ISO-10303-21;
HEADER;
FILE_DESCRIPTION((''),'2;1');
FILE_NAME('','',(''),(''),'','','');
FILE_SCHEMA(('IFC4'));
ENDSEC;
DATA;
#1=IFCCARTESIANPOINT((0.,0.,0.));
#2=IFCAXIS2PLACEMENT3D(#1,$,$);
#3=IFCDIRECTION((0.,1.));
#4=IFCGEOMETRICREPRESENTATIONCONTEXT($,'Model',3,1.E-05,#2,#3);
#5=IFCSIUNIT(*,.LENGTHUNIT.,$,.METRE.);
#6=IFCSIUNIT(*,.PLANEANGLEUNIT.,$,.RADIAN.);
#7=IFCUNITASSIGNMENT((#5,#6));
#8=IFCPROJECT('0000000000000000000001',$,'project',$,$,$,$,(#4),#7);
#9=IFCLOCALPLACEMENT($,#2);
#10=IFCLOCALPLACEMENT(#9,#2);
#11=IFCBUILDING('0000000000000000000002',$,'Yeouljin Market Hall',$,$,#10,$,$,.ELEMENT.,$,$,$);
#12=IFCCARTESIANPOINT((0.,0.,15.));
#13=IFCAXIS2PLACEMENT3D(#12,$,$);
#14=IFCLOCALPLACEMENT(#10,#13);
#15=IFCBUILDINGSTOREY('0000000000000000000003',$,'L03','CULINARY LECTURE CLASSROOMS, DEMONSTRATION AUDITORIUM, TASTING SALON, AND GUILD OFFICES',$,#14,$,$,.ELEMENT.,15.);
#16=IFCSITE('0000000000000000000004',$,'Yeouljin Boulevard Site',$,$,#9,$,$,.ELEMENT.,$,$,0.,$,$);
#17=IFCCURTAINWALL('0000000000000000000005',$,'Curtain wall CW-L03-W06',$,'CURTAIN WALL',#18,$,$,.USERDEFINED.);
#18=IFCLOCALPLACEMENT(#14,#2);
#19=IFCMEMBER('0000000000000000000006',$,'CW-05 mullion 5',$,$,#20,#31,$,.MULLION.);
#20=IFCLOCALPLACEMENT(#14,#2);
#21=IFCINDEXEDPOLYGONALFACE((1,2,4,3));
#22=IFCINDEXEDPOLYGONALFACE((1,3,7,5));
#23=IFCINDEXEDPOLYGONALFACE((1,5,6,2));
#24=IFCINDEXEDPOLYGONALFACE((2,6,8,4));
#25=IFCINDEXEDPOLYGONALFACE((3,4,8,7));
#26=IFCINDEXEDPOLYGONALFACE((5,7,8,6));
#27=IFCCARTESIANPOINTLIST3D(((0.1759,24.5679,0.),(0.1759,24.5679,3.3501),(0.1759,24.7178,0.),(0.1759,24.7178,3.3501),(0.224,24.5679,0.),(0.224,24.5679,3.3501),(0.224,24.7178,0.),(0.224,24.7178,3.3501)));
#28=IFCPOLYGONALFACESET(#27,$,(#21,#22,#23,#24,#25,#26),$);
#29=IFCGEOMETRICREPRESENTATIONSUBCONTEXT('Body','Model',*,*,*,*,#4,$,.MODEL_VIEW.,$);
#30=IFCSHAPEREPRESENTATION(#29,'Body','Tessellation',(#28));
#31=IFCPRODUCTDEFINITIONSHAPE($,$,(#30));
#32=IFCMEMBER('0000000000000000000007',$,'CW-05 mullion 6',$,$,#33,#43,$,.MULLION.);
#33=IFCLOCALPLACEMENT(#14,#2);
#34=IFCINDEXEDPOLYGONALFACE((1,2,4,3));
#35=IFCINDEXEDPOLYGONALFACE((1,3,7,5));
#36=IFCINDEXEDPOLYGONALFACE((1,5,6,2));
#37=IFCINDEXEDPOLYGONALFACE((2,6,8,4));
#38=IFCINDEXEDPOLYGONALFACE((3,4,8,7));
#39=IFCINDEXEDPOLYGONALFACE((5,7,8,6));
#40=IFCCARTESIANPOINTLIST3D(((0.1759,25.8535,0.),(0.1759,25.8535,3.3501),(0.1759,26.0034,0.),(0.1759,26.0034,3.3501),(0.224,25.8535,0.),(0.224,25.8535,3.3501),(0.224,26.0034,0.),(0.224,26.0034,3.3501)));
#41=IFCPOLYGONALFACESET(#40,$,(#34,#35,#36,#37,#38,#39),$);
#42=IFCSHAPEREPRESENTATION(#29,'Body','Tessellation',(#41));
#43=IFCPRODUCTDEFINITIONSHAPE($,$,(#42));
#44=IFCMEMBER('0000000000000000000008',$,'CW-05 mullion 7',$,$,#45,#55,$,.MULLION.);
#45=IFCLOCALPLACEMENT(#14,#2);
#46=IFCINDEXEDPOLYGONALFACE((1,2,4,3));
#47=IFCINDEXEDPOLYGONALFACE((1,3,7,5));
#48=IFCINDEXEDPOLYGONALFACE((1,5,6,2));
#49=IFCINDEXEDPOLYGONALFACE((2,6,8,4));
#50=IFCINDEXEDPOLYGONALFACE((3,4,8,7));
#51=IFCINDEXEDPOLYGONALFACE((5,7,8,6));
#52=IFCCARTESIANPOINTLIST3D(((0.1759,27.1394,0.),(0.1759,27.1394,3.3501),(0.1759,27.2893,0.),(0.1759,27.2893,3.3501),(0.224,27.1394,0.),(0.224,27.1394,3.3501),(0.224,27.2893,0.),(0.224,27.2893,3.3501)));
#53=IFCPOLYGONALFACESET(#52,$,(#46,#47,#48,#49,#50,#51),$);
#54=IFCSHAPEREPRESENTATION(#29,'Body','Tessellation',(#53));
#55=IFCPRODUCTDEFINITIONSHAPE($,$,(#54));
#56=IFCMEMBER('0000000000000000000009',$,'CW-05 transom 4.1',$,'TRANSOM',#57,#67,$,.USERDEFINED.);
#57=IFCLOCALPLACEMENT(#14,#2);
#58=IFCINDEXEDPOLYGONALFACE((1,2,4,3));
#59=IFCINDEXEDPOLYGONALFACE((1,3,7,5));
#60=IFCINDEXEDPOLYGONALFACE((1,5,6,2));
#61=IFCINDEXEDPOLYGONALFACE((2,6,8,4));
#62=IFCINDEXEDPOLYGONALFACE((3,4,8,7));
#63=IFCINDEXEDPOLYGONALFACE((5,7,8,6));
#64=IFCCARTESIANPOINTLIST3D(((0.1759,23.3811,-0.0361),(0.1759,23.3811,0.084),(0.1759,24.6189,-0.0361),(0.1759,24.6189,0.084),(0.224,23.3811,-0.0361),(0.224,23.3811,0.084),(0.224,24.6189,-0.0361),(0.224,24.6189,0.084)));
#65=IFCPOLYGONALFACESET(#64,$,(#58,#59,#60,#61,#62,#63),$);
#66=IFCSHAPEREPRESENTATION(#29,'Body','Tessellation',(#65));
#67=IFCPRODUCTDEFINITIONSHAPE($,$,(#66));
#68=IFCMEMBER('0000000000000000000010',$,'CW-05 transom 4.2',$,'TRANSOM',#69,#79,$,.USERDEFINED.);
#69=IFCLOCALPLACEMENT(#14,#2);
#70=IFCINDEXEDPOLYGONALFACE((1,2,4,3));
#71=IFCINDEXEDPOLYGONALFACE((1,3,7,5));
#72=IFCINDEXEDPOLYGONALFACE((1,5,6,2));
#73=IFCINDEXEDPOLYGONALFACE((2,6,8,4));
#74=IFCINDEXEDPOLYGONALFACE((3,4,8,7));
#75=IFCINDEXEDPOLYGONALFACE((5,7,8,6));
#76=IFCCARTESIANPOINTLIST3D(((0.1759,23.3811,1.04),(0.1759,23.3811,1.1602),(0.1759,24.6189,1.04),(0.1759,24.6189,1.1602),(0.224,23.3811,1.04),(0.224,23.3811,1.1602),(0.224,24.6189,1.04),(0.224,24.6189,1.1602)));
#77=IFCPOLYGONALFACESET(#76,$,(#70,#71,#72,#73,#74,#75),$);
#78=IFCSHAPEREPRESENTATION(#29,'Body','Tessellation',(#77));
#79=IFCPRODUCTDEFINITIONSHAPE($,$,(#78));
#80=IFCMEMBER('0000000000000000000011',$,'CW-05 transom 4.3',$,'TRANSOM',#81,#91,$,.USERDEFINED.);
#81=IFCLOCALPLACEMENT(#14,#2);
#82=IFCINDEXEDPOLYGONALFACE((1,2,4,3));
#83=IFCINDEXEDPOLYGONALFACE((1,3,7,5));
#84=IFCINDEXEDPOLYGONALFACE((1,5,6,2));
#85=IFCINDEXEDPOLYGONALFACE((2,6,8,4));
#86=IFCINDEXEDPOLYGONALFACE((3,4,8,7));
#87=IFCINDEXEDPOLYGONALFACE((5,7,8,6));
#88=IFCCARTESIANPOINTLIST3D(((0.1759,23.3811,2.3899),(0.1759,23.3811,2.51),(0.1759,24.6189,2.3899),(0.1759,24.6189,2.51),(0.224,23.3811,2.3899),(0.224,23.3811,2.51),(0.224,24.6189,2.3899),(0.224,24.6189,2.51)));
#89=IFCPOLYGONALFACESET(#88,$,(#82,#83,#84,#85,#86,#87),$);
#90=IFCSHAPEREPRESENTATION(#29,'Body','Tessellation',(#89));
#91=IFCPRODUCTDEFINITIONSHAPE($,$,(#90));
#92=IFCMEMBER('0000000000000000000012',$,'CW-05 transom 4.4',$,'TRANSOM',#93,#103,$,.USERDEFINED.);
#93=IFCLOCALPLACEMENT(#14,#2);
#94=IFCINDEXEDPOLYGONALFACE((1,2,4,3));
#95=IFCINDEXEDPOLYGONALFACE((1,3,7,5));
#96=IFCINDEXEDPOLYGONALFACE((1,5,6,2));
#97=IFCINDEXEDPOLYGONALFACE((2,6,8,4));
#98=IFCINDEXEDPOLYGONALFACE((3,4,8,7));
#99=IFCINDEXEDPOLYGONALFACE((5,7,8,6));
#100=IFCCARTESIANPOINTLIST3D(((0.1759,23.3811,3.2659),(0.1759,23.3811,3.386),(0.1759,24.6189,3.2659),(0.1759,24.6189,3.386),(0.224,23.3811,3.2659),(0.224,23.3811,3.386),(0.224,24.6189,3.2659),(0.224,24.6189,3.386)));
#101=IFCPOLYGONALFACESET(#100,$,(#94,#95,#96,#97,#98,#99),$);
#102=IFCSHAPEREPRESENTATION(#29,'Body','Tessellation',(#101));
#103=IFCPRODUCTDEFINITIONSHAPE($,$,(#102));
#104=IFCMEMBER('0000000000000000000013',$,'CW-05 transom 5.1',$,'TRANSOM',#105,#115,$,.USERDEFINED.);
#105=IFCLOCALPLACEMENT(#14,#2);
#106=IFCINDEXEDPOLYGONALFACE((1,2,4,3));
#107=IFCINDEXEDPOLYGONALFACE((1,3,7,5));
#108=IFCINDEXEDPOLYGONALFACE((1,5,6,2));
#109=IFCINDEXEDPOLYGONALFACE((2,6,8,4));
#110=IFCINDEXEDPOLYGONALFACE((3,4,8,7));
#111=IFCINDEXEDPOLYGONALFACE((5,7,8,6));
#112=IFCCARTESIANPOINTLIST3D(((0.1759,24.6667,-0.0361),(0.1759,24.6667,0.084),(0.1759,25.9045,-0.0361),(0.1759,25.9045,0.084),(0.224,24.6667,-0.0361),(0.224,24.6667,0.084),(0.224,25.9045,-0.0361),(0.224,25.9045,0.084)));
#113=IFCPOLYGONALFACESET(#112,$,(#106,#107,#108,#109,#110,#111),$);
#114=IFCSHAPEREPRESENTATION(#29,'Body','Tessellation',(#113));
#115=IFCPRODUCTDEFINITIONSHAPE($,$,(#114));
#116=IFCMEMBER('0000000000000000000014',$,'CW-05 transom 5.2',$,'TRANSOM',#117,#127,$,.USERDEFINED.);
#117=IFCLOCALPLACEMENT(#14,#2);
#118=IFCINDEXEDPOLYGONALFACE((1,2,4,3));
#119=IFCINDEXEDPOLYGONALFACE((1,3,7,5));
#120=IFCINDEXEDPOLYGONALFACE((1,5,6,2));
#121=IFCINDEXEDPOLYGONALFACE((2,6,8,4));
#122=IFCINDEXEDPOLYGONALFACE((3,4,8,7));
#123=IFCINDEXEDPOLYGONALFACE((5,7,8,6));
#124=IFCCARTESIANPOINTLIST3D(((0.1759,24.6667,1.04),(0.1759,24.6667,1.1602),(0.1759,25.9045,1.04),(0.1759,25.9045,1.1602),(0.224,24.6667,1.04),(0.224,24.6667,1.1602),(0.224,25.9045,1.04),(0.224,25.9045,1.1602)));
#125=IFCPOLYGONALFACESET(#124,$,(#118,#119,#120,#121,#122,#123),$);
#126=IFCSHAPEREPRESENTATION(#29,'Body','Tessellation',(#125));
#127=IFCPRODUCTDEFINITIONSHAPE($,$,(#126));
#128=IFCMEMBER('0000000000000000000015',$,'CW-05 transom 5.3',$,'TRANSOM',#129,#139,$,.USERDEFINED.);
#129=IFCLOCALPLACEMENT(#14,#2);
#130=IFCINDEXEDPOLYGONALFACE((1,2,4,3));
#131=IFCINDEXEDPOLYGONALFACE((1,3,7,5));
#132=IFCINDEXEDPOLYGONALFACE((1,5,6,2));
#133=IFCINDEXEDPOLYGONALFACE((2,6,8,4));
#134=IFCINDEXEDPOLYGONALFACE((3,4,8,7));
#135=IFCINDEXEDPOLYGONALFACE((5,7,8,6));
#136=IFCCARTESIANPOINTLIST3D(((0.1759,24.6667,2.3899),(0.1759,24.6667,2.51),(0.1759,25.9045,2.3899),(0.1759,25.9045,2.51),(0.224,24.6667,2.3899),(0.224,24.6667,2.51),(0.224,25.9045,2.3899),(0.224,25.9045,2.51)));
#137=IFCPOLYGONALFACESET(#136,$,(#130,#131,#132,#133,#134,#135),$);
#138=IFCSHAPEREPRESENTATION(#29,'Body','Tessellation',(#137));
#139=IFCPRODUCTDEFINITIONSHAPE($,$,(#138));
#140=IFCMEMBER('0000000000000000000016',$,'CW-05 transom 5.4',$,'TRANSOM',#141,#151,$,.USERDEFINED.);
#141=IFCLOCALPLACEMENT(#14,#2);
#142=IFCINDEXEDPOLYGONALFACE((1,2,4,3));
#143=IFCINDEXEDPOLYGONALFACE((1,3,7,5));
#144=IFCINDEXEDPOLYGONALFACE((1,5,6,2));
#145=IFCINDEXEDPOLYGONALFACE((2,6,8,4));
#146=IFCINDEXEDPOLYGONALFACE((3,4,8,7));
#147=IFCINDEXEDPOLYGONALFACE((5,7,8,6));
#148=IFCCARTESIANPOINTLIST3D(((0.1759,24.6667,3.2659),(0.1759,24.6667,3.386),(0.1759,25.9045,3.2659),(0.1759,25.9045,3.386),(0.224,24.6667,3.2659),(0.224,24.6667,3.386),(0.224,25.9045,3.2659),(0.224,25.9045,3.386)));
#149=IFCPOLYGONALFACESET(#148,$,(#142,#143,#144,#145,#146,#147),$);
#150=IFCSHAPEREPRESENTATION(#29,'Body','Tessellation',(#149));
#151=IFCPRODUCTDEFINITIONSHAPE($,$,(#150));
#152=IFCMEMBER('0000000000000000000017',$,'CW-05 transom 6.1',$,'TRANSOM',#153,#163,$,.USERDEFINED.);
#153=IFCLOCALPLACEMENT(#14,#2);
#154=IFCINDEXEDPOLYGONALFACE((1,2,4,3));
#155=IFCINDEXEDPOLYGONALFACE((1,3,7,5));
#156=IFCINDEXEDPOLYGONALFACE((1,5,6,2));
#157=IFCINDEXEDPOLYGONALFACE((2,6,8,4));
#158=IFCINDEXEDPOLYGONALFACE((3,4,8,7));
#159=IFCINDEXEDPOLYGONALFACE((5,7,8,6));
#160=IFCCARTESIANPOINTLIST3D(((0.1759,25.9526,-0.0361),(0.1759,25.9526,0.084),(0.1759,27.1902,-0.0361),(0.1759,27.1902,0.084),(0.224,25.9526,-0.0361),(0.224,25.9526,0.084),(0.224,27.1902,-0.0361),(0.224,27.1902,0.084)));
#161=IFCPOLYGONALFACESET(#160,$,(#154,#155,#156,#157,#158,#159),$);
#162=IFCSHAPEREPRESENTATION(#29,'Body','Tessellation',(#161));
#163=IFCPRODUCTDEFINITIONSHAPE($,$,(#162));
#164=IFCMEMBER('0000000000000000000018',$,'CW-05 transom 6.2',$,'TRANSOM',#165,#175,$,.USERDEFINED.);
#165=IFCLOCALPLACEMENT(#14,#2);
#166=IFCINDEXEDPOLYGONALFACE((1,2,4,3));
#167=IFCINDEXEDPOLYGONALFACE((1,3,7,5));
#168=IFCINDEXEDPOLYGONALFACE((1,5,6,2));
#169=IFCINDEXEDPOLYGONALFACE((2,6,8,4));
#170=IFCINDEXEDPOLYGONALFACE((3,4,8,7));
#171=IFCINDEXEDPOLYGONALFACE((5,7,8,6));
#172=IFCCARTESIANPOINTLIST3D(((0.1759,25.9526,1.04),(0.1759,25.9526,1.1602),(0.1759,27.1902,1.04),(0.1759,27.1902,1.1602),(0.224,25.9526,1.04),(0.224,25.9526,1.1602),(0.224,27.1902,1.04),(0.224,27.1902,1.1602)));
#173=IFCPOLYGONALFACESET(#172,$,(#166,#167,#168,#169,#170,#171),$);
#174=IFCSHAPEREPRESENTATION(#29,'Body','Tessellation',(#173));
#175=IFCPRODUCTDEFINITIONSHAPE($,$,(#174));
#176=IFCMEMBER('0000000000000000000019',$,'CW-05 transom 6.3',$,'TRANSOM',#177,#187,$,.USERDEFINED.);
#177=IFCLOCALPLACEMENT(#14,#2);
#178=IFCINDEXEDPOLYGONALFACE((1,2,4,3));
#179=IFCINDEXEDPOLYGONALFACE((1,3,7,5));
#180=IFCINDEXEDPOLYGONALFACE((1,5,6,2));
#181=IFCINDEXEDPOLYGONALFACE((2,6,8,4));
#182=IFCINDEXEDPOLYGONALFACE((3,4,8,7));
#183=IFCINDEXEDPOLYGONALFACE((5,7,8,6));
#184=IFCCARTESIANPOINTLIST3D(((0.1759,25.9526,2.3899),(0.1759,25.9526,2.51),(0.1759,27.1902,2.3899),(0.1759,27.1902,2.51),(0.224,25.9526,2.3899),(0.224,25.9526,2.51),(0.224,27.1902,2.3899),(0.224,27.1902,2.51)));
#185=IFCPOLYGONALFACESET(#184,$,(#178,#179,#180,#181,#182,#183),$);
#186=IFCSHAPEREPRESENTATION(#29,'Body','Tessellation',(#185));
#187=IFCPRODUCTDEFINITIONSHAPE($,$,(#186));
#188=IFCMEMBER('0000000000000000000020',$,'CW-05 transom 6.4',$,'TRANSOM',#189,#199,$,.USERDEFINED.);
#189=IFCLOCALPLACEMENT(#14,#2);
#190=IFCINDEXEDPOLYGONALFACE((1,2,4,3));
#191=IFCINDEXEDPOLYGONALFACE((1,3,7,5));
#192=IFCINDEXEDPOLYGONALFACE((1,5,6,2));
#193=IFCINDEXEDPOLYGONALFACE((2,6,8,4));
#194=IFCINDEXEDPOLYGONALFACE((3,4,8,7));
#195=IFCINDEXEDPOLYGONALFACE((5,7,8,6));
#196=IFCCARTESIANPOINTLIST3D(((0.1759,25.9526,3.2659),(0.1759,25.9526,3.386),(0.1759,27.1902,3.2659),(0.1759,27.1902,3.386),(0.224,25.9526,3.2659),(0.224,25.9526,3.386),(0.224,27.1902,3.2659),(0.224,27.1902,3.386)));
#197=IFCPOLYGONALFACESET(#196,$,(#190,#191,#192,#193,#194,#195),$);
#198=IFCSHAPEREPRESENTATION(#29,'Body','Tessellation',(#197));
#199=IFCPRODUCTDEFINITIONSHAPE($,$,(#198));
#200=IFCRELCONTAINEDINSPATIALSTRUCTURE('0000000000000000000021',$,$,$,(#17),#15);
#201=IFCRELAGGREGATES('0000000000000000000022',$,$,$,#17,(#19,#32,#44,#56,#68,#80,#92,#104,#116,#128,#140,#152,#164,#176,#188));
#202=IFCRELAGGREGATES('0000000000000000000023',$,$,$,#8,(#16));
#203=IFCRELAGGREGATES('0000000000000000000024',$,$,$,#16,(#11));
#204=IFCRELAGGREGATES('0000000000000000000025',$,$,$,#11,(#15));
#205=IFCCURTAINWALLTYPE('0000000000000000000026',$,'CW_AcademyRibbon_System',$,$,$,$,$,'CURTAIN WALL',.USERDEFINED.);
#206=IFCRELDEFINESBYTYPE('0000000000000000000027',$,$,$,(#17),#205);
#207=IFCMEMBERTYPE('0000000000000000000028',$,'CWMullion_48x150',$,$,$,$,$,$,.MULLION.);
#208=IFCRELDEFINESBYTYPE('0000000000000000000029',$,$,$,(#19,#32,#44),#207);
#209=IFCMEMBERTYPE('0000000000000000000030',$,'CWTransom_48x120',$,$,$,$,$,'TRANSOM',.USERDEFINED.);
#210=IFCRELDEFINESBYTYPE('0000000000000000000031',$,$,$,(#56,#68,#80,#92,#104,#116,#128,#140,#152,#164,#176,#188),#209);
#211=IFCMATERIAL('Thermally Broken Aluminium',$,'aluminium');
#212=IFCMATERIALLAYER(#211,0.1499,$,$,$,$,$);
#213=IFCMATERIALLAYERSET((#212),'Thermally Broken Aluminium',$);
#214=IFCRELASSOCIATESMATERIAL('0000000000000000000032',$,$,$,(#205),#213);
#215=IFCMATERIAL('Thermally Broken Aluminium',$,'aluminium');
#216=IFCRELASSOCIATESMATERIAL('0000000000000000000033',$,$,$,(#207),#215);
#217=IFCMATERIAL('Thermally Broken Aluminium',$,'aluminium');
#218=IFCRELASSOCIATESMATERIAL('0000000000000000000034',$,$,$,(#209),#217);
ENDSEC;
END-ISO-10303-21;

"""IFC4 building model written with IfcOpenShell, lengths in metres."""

from ifc_helpers import new_model, si_unit, direction, frame, origin, origin_2d, place, context, subcontext, project, spatial, rectangle, extrude, material, layer, layer_set, material_profile, profile_set, type_object, element, aggregate, save


model = new_model("IFC4")

# Units and contexts
model_context = context("Model", 3, precision=1e-05, world=origin(), true_north=direction((0.0, 1.0)))
body_context = subcontext(model_context, "Body", "Model", "MODEL_VIEW")
ifc_project = project(units=[si_unit("LENGTHUNIT", "METRE"), si_unit("PLANEANGLEUNIT", "RADIAN")], contexts=[model_context])

# Site, building, storey
site_placement = place(None, origin())
site = spatial("IfcSite", under=ifc_project, at=site_placement, Name="Yeouljin Boulevard Site", CompositionType="ELEMENT", RefElevation=0.0)
building_placement = place(site_placement, origin())
building = spatial("IfcBuilding", under=site, at=building_placement, Name="Yeouljin Market Hall", CompositionType="ELEMENT")
storey_placement = place(building_placement, frame((0.0, 0.0, 15.0)))
storey = spatial("IfcBuildingStorey", under=building, at=storey_placement, Name="L03", Description="CULINARY LECTURE CLASSROOMS, DEMONSTRATION AUDITORIUM, TASTING SALON, AND GUILD OFFICES", CompositionType="ELEMENT", Elevation=15.0)

# Curtain wall, members
ifc_material_1 = material(Name="Thermally Broken Aluminium", Category="aluminium")
ifc_layer_1 = layer(ifc_material_1, 0.1499)
ifc_layer_set_1 = layer_set([ifc_layer_1], Name="Thermally Broken Aluminium")
curtain_wall_type = type_object("IfcCurtainWallType", Name="CW_AcademyRibbon_System", ElementType="CURTAIN WALL", PredefinedType="USERDEFINED", material=ifc_layer_set_1)
curtain_wall_placement = place(storey_placement, origin())
curtain_wall = element("IfcCurtainWall", 1, at=curtain_wall_placement, inside=storey, type_object=curtain_wall_type, Name="Curtain wall CW-L03-W06", ObjectType="CURTAIN WALL", PredefinedType="USERDEFINED")
ifc_material_2 = material(Name="Thermally Broken Aluminium", Category="aluminium")
ifc_material_profile_1 = material_profile(ifc_material_2, rectangle(XDim=0.0481, YDim=0.1499, at=origin_2d()), Name="CW-MULL-48x150")
ifc_profile_set_1 = profile_set([ifc_material_profile_1], Name="Thermally Broken Aluminium")
member_type_1 = type_object("IfcMemberType", Name="CWMullion_48x150", PredefinedType="MULLION", material=ifc_profile_set_1)
member_1_placement = place(storey_placement, frame((0.2, 24.6428, 0.0), z_axis=(0.0, 0.0, 1.0), x_axis=(-1.0, 0.0, 0.0)))
member_1 = element("IfcMember", 2, at=member_1_placement, type_object=member_type_1, Name="CW-05 mullion 5", PredefinedType="MULLION", context=body_context, shape_type="SweptSolid", body=[
    extrude(rectangle(XDim=0.0481, YDim=0.1499, at=origin_2d()), origin(), (0.0, 0.0, 1.0), 3.3501),
])
member_2_placement = place(storey_placement, frame((0.2, 25.9285, 0.0), z_axis=(0.0, 0.0, 1.0), x_axis=(-1.0, 0.0, 0.0)))
member_2 = element("IfcMember", 3, at=member_2_placement, type_object=member_type_1, Name="CW-05 mullion 6", PredefinedType="MULLION", context=body_context, shape_type="SweptSolid", body=[
    extrude(rectangle(XDim=0.0481, YDim=0.1499, at=origin_2d()), origin(), (0.0, 0.0, 1.0), 3.3501),
])
member_3_placement = place(storey_placement, frame((0.2, 27.2144, 0.0), z_axis=(0.0, 0.0, 1.0), x_axis=(-1.0, 0.0, 0.0)))
member_3 = element("IfcMember", 4, at=member_3_placement, type_object=member_type_1, Name="CW-05 mullion 7", PredefinedType="MULLION", context=body_context, shape_type="SweptSolid", body=[
    extrude(rectangle(XDim=0.0481, YDim=0.1499, at=origin_2d()), origin(), (0.0, 0.0, 1.0), 3.3501),
])
ifc_material_3 = material(Name="Thermally Broken Aluminium", Category="aluminium")
ifc_material_profile_2 = material_profile(ifc_material_3, rectangle(XDim=0.0481, YDim=0.1201, at=origin_2d()), Name="CW-TRAN-48x120")
ifc_profile_set_2 = profile_set([ifc_material_profile_2], Name="Thermally Broken Aluminium")
member_type_2 = type_object("IfcMemberType", Name="CWTransom_48x120", ElementType="TRANSOM", PredefinedType="USERDEFINED", material=ifc_profile_set_2)
member_4_placement = place(storey_placement, frame((0.2, 23.3811, 0.0239), z_axis=(0.0, 1.0, 0.0), x_axis=(-1.0, 0.0, 0.0)))
member_4 = element("IfcMember", 5, at=member_4_placement, type_object=member_type_2, Name="CW-05 transom 4.1", ObjectType="TRANSOM", PredefinedType="USERDEFINED", context=body_context, shape_type="SweptSolid", body=[
    extrude(rectangle(XDim=0.0481, YDim=0.1201, at=origin_2d()), origin(), (0.0, 0.0, 1.0), 1.2378),
])
member_5_placement = place(storey_placement, frame((0.2, 23.3811, 1.1001), z_axis=(0.0, 1.0, 0.0), x_axis=(-1.0, 0.0, 0.0)))
member_5 = element("IfcMember", 6, at=member_5_placement, type_object=member_type_2, Name="CW-05 transom 4.2", ObjectType="TRANSOM", PredefinedType="USERDEFINED", context=body_context, shape_type="SweptSolid", body=[
    extrude(rectangle(XDim=0.0481, YDim=0.1201, at=origin_2d()), origin(), (0.0, 0.0, 1.0), 1.2378),
])
member_6_placement = place(storey_placement, frame((0.2, 23.3811, 2.45), z_axis=(0.0, 1.0, 0.0), x_axis=(-1.0, 0.0, 0.0)))
member_6 = element("IfcMember", 7, at=member_6_placement, type_object=member_type_2, Name="CW-05 transom 4.3", ObjectType="TRANSOM", PredefinedType="USERDEFINED", context=body_context, shape_type="SweptSolid", body=[
    extrude(rectangle(XDim=0.0481, YDim=0.1201, at=origin_2d()), origin(), (0.0, 0.0, 1.0), 1.2378),
])
member_7_placement = place(storey_placement, frame((0.2, 23.3811, 3.3259), z_axis=(0.0, 1.0, 0.0), x_axis=(-1.0, 0.0, 0.0)))
member_7 = element("IfcMember", 8, at=member_7_placement, type_object=member_type_2, Name="CW-05 transom 4.4", ObjectType="TRANSOM", PredefinedType="USERDEFINED", context=body_context, shape_type="SweptSolid", body=[
    extrude(rectangle(XDim=0.0481, YDim=0.1201, at=origin_2d()), origin(), (0.0, 0.0, 1.0), 1.2378),
])
member_8_placement = place(storey_placement, frame((0.2, 24.6667, 0.0239), z_axis=(0.0, 1.0, 0.0), x_axis=(-1.0, 0.0, 0.0)))
member_8 = element("IfcMember", 9, at=member_8_placement, type_object=member_type_2, Name="CW-05 transom 5.1", ObjectType="TRANSOM", PredefinedType="USERDEFINED", context=body_context, shape_type="SweptSolid", body=[
    extrude(rectangle(XDim=0.0481, YDim=0.1201, at=origin_2d()), origin(), (0.0, 0.0, 1.0), 1.2378),
])
member_9_placement = place(storey_placement, frame((0.2, 24.6667, 1.1001), z_axis=(0.0, 1.0, 0.0), x_axis=(-1.0, 0.0, 0.0)))
member_9 = element("IfcMember", 10, at=member_9_placement, type_object=member_type_2, Name="CW-05 transom 5.2", ObjectType="TRANSOM", PredefinedType="USERDEFINED", context=body_context, shape_type="SweptSolid", body=[
    extrude(rectangle(XDim=0.0481, YDim=0.1201, at=origin_2d()), origin(), (0.0, 0.0, 1.0), 1.2378),
])
member_10_placement = place(storey_placement, frame((0.2, 24.6667, 2.45), z_axis=(0.0, 1.0, 0.0), x_axis=(-1.0, 0.0, 0.0)))
member_10 = element("IfcMember", 11, at=member_10_placement, type_object=member_type_2, Name="CW-05 transom 5.3", ObjectType="TRANSOM", PredefinedType="USERDEFINED", context=body_context, shape_type="SweptSolid", body=[
    extrude(rectangle(XDim=0.0481, YDim=0.1201, at=origin_2d()), origin(), (0.0, 0.0, 1.0), 1.2378),
])
member_11_placement = place(storey_placement, frame((0.2, 24.6667, 3.3259), z_axis=(0.0, 1.0, 0.0), x_axis=(-1.0, 0.0, 0.0)))
member_11 = element("IfcMember", 12, at=member_11_placement, type_object=member_type_2, Name="CW-05 transom 5.4", ObjectType="TRANSOM", PredefinedType="USERDEFINED", context=body_context, shape_type="SweptSolid", body=[
    extrude(rectangle(XDim=0.0481, YDim=0.1201, at=origin_2d()), origin(), (0.0, 0.0, 1.0), 1.2378),
])
member_12_placement = place(storey_placement, frame((0.2, 25.9526, 0.0239), z_axis=(0.0, 1.0, 0.0), x_axis=(-1.0, 0.0, 0.0)))
member_12 = element("IfcMember", 13, at=member_12_placement, type_object=member_type_2, Name="CW-05 transom 6.1", ObjectType="TRANSOM", PredefinedType="USERDEFINED", context=body_context, shape_type="SweptSolid", body=[
    extrude(rectangle(XDim=0.0481, YDim=0.1201, at=origin_2d()), origin(), (0.0, 0.0, 1.0), 1.2375),
])
member_13_placement = place(storey_placement, frame((0.2, 25.9526, 1.1001), z_axis=(0.0, 1.0, 0.0), x_axis=(-1.0, 0.0, 0.0)))
member_13 = element("IfcMember", 14, at=member_13_placement, type_object=member_type_2, Name="CW-05 transom 6.2", ObjectType="TRANSOM", PredefinedType="USERDEFINED", context=body_context, shape_type="SweptSolid", body=[
    extrude(rectangle(XDim=0.0481, YDim=0.1201, at=origin_2d()), origin(), (0.0, 0.0, 1.0), 1.2375),
])
member_14_placement = place(storey_placement, frame((0.2, 25.9526, 2.45), z_axis=(0.0, 1.0, 0.0), x_axis=(-1.0, 0.0, 0.0)))
member_14 = element("IfcMember", 15, at=member_14_placement, type_object=member_type_2, Name="CW-05 transom 6.3", ObjectType="TRANSOM", PredefinedType="USERDEFINED", context=body_context, shape_type="SweptSolid", body=[
    extrude(rectangle(XDim=0.0481, YDim=0.1201, at=origin_2d()), origin(), (0.0, 0.0, 1.0), 1.2375),
])
member_15_placement = place(storey_placement, frame((0.2, 25.9526, 3.3259), z_axis=(0.0, 1.0, 0.0), x_axis=(-1.0, 0.0, 0.0)))
member_15 = element("IfcMember", 16, at=member_15_placement, type_object=member_type_2, Name="CW-05 transom 6.4", ObjectType="TRANSOM", PredefinedType="USERDEFINED", context=body_context, shape_type="SweptSolid", body=[
    extrude(rectangle(XDim=0.0481, YDim=0.1201, at=origin_2d()), origin(), (0.0, 0.0, 1.0), 1.2375),
])
aggregate(curtain_wall, [member_1, member_2, member_3, member_4, member_5, member_6, member_7, member_8, member_9, member_10, member_11, member_12, member_13, member_14, member_15])

save(model, "model.ifc")
